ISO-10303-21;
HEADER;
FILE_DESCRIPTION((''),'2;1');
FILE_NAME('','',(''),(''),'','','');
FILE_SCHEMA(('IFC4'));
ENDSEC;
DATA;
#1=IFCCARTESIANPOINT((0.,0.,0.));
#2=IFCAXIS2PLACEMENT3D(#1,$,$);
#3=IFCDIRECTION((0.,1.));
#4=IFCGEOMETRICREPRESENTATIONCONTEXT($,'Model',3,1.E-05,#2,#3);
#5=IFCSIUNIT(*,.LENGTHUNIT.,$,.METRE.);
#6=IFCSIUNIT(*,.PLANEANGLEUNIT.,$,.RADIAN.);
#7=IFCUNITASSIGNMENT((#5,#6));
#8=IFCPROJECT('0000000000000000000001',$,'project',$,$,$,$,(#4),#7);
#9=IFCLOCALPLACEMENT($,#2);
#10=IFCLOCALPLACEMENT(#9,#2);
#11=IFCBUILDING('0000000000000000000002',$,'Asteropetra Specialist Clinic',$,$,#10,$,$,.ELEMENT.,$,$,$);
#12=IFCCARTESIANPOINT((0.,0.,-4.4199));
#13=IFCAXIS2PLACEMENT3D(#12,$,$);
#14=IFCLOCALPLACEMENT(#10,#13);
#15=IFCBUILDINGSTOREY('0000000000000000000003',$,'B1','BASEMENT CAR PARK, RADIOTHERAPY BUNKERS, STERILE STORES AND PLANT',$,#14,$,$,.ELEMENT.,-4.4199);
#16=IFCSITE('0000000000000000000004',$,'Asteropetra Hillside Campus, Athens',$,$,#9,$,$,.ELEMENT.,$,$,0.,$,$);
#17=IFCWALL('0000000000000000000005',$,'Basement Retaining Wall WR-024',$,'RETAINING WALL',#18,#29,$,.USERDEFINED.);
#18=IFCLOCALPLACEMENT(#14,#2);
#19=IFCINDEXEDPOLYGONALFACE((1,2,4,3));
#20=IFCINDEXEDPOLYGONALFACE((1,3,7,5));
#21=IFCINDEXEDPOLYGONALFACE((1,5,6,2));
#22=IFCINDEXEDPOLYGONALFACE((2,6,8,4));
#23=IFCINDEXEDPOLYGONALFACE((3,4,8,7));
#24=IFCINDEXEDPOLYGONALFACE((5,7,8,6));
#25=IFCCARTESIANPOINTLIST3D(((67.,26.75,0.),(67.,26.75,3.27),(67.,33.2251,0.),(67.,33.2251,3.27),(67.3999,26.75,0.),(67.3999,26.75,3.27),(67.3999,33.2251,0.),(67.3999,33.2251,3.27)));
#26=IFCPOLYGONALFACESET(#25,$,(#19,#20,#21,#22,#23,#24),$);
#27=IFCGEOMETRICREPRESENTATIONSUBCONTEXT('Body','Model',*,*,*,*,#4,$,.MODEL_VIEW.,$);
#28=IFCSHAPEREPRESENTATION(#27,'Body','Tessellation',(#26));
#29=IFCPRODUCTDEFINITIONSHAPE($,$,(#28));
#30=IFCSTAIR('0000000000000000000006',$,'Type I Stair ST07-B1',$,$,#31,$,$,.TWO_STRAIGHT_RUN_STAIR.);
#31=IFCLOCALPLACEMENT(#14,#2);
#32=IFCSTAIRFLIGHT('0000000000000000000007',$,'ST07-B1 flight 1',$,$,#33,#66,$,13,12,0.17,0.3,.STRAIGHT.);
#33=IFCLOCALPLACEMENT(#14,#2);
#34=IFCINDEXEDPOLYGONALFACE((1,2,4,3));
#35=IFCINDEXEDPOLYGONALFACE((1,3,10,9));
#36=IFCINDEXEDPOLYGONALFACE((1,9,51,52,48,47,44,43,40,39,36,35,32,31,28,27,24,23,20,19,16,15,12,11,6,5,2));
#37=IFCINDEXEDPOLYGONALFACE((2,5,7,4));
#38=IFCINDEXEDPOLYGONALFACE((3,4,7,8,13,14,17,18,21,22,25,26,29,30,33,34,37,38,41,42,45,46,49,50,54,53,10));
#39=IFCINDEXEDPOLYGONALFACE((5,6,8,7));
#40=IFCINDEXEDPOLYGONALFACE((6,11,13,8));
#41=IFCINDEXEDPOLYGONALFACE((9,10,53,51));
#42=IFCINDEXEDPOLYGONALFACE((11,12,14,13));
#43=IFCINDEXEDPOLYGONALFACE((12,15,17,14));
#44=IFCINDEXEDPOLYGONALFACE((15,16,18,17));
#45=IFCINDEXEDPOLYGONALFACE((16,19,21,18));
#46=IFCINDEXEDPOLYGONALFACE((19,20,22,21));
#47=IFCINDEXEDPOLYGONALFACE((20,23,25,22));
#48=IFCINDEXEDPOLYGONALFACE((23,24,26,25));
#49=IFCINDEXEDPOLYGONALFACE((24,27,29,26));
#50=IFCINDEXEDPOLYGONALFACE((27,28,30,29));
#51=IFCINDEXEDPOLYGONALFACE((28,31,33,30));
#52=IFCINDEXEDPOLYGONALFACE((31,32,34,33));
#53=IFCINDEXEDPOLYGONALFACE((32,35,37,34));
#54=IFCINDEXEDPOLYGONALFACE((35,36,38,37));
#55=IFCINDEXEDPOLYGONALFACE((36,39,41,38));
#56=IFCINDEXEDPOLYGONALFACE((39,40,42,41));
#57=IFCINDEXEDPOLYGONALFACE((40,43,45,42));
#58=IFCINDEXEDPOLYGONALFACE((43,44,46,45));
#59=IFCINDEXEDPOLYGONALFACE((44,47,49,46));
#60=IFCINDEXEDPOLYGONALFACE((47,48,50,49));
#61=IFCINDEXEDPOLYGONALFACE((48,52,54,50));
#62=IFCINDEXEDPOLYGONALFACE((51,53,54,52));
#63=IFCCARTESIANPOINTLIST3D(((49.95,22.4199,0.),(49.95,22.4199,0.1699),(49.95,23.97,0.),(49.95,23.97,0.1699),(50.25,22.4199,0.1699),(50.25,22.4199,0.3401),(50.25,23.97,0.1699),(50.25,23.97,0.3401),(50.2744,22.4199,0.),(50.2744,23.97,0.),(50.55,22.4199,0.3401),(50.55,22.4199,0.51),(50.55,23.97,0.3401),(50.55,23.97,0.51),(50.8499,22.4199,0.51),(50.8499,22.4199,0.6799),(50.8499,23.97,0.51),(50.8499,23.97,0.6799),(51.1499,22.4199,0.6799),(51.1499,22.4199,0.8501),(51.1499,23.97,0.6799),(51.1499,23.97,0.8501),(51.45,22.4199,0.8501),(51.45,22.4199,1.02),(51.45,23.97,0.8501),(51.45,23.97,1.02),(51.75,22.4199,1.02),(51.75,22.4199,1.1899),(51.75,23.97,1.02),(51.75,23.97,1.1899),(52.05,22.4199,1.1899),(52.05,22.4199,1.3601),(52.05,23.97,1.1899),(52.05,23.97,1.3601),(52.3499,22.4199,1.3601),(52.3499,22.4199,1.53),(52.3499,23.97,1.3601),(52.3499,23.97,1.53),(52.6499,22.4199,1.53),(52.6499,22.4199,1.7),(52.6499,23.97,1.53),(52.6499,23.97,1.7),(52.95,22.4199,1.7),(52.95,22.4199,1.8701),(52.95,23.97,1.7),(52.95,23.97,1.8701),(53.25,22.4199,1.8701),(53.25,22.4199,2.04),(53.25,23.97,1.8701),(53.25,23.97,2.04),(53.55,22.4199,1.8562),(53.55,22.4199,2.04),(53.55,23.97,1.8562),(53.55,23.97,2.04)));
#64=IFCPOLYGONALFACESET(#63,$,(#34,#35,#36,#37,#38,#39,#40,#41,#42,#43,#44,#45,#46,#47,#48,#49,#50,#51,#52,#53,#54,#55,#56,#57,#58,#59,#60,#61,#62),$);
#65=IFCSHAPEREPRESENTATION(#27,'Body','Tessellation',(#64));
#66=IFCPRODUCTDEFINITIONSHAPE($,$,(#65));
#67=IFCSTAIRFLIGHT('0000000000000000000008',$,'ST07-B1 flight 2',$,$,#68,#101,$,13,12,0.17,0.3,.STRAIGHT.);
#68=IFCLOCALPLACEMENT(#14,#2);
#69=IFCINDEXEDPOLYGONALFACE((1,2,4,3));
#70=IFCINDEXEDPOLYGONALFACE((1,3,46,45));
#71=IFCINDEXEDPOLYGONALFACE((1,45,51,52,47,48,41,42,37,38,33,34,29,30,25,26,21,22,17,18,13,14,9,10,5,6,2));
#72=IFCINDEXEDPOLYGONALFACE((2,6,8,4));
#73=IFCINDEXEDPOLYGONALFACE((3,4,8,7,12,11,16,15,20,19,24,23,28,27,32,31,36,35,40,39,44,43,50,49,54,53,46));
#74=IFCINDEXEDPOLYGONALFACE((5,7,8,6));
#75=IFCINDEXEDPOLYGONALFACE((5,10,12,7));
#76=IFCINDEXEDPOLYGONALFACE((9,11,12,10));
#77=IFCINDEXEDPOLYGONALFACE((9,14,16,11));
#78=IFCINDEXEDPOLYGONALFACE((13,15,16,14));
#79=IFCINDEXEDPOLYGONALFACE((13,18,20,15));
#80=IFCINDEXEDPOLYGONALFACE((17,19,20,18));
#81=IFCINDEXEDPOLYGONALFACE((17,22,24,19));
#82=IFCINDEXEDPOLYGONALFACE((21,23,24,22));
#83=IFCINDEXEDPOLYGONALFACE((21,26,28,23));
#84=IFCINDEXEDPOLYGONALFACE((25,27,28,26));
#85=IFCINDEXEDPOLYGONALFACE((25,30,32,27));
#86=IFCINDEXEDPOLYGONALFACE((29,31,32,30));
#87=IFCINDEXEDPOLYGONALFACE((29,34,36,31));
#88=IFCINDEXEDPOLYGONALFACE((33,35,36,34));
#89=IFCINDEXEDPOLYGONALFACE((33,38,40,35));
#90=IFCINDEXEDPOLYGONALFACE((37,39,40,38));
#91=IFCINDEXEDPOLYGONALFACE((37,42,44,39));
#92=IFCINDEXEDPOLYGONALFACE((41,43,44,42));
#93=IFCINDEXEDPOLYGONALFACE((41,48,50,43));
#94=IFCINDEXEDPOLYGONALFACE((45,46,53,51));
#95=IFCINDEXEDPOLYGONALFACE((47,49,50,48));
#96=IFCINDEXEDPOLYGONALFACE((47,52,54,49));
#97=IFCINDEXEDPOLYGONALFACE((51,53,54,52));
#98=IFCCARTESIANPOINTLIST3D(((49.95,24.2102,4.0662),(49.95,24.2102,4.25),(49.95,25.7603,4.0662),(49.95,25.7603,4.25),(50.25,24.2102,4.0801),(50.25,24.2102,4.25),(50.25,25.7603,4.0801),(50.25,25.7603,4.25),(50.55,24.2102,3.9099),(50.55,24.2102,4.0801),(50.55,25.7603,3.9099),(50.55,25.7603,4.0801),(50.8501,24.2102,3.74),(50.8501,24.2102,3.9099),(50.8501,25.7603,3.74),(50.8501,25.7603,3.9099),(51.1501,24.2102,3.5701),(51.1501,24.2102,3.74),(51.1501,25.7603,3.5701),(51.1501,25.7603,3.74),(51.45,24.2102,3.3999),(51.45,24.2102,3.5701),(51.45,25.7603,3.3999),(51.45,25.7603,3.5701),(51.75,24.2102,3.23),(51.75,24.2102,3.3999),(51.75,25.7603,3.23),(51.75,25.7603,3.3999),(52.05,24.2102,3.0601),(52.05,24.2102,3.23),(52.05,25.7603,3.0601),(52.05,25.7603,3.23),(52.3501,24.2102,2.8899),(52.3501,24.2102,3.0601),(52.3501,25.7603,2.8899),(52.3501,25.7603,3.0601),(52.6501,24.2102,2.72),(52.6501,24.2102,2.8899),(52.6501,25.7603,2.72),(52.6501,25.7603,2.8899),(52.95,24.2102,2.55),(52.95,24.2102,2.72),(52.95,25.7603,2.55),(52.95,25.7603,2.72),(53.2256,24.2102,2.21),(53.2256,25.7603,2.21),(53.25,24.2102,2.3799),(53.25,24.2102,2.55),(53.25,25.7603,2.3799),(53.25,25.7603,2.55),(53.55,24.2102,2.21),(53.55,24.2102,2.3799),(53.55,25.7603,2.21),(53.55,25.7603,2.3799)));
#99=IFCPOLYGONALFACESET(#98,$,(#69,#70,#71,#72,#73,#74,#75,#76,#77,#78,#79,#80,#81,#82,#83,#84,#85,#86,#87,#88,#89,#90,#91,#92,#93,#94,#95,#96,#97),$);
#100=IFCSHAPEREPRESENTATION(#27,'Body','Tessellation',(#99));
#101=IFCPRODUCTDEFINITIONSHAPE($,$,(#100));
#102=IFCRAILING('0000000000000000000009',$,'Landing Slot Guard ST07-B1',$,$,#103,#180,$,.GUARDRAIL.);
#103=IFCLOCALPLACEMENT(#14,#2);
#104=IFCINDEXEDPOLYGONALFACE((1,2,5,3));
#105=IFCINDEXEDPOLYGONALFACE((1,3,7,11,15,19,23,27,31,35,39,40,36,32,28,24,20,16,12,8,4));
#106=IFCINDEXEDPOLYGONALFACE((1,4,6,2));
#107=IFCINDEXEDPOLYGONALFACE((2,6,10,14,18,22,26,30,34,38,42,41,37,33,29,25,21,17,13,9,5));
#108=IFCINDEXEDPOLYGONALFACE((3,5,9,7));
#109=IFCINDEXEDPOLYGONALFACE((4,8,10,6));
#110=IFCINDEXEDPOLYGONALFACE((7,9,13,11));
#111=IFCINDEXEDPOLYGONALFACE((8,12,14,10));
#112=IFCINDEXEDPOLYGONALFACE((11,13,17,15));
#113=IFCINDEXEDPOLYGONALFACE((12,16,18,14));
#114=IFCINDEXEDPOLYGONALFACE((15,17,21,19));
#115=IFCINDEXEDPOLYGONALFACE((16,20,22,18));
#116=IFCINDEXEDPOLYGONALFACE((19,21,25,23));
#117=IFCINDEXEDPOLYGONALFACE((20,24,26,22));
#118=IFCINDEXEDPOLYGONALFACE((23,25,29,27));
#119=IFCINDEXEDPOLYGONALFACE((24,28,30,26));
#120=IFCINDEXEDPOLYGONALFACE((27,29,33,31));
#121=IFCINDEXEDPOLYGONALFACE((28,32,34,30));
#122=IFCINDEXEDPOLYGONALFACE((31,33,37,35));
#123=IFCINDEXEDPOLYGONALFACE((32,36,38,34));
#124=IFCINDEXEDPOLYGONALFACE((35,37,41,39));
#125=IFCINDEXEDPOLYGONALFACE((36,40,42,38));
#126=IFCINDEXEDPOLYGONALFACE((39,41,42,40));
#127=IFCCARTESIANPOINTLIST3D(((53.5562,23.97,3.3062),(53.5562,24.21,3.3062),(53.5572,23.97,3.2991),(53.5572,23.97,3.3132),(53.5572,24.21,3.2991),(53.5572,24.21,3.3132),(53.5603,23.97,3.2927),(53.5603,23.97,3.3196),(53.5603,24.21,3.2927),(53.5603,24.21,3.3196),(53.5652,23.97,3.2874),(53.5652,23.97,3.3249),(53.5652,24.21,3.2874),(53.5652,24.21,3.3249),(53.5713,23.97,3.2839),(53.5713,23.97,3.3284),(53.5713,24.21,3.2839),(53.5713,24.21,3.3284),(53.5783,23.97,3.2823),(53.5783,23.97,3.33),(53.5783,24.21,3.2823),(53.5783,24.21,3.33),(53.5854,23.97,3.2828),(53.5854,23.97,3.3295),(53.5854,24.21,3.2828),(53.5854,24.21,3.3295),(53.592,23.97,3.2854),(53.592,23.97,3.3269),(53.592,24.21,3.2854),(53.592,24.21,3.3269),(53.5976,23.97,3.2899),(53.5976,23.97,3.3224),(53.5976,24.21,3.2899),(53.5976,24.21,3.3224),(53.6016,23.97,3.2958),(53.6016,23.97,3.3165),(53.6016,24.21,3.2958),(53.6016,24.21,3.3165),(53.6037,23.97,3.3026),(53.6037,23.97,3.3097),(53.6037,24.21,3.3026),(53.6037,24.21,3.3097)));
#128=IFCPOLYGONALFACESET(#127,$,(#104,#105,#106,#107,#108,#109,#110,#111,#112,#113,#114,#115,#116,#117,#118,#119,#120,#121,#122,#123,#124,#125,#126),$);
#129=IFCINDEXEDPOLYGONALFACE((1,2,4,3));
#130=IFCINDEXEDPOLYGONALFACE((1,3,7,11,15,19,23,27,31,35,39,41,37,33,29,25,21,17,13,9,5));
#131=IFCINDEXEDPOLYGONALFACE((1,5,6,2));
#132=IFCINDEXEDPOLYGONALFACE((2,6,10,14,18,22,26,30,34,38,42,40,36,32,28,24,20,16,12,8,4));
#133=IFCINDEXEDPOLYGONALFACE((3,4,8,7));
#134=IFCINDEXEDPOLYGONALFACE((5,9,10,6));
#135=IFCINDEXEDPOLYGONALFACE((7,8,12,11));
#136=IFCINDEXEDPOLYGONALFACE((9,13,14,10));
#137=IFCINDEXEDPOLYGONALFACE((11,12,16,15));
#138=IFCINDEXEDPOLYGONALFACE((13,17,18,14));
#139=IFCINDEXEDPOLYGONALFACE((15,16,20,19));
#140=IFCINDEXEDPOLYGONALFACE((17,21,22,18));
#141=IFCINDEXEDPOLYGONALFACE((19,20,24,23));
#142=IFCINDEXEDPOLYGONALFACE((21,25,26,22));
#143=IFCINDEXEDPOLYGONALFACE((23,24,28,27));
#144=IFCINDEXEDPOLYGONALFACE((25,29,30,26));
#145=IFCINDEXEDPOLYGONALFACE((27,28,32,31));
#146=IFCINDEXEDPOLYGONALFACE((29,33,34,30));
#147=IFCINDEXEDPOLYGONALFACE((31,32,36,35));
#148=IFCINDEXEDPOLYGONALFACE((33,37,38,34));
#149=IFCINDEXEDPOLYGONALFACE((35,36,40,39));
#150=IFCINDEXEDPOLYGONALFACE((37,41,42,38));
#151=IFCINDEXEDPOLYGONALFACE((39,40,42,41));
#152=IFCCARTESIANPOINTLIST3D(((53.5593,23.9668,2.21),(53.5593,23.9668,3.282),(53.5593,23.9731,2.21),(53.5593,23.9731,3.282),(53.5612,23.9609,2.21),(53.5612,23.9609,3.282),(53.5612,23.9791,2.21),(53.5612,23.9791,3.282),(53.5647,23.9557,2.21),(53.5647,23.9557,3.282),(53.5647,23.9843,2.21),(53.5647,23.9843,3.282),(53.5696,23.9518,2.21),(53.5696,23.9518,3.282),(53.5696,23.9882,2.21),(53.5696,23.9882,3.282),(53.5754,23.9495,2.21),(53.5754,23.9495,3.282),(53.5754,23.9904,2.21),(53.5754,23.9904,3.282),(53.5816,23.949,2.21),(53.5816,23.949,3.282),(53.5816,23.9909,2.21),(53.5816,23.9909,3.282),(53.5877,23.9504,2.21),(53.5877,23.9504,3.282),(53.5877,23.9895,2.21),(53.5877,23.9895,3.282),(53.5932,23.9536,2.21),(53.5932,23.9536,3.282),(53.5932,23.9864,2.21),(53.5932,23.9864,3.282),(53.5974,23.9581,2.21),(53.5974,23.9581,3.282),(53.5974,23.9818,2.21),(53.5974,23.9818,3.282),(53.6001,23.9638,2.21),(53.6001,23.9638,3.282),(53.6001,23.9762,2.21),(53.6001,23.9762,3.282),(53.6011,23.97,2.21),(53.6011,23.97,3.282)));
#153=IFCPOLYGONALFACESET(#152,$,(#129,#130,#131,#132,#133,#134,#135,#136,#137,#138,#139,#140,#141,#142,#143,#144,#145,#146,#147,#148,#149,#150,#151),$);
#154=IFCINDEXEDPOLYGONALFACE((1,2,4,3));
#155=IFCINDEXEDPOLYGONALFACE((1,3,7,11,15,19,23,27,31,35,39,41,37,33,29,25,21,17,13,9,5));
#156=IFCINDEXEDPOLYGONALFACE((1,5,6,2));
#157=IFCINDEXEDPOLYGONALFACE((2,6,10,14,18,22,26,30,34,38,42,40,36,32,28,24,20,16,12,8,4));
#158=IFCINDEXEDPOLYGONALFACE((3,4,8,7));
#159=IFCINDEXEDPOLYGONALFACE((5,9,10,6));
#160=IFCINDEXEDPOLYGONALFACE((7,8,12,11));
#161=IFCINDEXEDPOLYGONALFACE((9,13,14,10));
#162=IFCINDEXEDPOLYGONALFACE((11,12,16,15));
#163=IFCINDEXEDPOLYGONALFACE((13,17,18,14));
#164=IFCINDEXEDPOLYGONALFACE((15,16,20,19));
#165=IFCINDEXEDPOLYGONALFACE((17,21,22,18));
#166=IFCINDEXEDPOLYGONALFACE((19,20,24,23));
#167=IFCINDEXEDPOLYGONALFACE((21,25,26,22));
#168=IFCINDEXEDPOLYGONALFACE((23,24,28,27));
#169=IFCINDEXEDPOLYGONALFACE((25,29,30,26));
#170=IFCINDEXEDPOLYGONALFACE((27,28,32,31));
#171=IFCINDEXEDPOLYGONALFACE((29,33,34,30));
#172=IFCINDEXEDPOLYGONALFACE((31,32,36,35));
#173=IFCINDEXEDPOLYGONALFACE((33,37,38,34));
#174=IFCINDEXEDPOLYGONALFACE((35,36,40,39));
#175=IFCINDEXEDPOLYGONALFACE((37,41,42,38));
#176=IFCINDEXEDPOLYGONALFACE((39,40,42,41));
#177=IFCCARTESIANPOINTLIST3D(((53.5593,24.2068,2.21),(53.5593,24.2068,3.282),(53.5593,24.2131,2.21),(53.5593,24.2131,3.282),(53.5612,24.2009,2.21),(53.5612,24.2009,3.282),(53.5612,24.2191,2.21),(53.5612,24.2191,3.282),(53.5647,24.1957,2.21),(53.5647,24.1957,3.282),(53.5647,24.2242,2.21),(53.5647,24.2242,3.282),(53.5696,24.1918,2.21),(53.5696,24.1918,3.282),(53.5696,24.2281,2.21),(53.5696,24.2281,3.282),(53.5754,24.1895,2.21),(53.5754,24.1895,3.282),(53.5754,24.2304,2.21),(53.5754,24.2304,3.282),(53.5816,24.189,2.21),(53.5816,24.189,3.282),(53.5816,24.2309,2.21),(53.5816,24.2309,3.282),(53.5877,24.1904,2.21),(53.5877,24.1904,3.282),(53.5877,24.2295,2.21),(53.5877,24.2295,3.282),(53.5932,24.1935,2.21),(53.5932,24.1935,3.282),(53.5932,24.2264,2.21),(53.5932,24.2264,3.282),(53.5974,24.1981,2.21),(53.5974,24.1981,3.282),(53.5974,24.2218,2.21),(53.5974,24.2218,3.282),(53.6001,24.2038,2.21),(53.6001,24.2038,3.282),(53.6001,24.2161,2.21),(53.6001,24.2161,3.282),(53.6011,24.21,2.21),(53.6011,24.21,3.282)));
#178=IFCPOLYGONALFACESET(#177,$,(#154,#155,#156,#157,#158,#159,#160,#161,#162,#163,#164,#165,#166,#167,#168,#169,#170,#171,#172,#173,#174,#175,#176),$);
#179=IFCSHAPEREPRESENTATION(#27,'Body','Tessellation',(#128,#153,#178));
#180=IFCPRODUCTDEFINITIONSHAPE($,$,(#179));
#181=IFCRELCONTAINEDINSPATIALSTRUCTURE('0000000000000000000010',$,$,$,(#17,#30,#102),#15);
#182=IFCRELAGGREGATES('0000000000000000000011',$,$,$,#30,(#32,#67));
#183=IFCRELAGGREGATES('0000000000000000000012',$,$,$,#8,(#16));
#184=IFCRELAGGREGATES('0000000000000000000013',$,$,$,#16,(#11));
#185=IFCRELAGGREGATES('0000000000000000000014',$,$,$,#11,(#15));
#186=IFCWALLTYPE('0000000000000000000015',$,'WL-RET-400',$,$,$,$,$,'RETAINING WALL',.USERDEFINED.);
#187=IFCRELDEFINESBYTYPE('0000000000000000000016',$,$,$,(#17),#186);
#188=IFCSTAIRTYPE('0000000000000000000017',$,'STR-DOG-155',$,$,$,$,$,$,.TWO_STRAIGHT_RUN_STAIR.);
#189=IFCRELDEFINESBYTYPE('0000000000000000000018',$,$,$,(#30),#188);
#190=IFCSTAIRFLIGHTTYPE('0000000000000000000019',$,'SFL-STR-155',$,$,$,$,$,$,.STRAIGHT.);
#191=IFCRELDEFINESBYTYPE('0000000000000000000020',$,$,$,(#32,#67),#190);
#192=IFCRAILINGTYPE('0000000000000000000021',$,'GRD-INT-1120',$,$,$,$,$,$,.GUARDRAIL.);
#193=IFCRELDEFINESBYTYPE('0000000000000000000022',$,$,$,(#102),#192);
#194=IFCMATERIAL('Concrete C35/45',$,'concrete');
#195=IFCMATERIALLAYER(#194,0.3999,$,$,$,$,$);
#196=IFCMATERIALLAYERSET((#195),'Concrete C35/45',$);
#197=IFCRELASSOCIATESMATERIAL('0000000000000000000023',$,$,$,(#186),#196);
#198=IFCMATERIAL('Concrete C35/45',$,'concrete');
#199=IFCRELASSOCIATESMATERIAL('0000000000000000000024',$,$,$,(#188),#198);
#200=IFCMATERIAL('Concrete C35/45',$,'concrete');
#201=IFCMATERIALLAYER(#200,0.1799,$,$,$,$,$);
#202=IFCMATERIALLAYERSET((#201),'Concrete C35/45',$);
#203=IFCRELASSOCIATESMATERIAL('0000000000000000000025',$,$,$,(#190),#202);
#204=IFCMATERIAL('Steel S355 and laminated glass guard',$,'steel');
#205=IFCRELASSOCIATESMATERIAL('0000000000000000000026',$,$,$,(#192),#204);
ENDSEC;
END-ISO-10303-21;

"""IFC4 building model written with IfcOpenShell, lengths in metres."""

from ifc_helpers import new_model, si_unit, direction, frame, frame_2d, origin, origin_2d, place, context, subcontext, project, spatial, polyline, rectangle, circle, outline, extrude, material, layer, layer_set, type_object, element, aggregate, save


model = new_model("IFC4")

# Units and contexts
model_context = context("Model", 3, precision=1e-05, world=origin(), true_north=direction((0.0, 1.0)))
body_context = subcontext(model_context, "Body", "Model", "MODEL_VIEW")
ifc_project = project(units=[si_unit("LENGTHUNIT", "METRE"), si_unit("PLANEANGLEUNIT", "RADIAN")], contexts=[model_context])

# Site, building, storey
site_placement = place(None, origin())
site = spatial("IfcSite", under=ifc_project, at=site_placement, Name="Asteropetra Hillside Campus, Athens", CompositionType="ELEMENT", RefElevation=0.0)
building_placement = place(site_placement, origin())
building = spatial("IfcBuilding", under=site, at=building_placement, Name="Asteropetra Specialist Clinic", CompositionType="ELEMENT")
storey_placement = place(building_placement, frame((0.0, 0.0, -4.4199)))
storey = spatial("IfcBuildingStorey", under=building, at=storey_placement, Name="B1", Description="BASEMENT CAR PARK, RADIOTHERAPY BUNKERS, STERILE STORES AND PLANT", CompositionType="ELEMENT", Elevation=-4.4199)

# Wall
ifc_material_1 = material(Name="Concrete C35/45", Category="concrete")
ifc_layer_1 = layer(ifc_material_1, 0.3999)
ifc_layer_set_1 = layer_set([ifc_layer_1], Name="Concrete C35/45")
wall_type_1 = type_object("IfcWallType", Name="WL-RET-400", ElementType="RETAINING WALL", PredefinedType="USERDEFINED", material=ifc_layer_set_1)
wall_1_placement = place(storey_placement, frame((67.2, 26.75, 0.0), z_axis=(0.0, 0.0, 1.0), x_axis=(0.0, 1.0, 0.0)))
element("IfcWall", 1, at=wall_1_placement, inside=storey, type_object=wall_type_1, Name="Basement Retaining Wall WR-024", ObjectType="RETAINING WALL", PredefinedType="USERDEFINED", context=body_context, shape_type="SweptSolid", body=[
    extrude(rectangle(XDim=6.4751, YDim=0.3999, at=frame_2d((3.2375, 0.0))), origin(), (0.0, 0.0, 1.0), 3.27),
])

# Stair, stair flights
ifc_material_2 = material(Name="Concrete C35/45", Category="concrete")
stair_type = type_object("IfcStairType", Name="STR-DOG-155", PredefinedType="TWO_STRAIGHT_RUN_STAIR", material=ifc_material_2)
stair_placement = place(storey_placement, origin())
stair = element("IfcStair", 2, at=stair_placement, inside=storey, type_object=stair_type, Name="Type I Stair ST07-B1", PredefinedType="TWO_STRAIGHT_RUN_STAIR")
ifc_material_3 = material(Name="Concrete C35/45", Category="concrete")
ifc_layer_2 = layer(ifc_material_3, 0.1799)
ifc_layer_set_2 = layer_set([ifc_layer_2], Name="Concrete C35/45")
stair_flight_type = type_object("IfcStairFlightType", Name="SFL-STR-155", PredefinedType="STRAIGHT", material=ifc_layer_set_2)
stair_flight_1_placement = place(storey_placement, frame((49.95, 23.1951, 0.0), z_axis=(0.0, 0.0, 1.0), x_axis=(1.0, 0.0, 0.0)))
stair_flight_1 = element("IfcStairFlight", 3, at=stair_flight_1_placement, type_object=stair_flight_type, Name="ST07-B1 flight 1", NumberOfRisers=13, NumberOfTreads=12, PredefinedType="STRAIGHT", RiserHeight=0.17, TreadLength=0.3, context=body_context, shape_type="SweptSolid", body=[
    extrude(outline(polyline([(0.0, 0.0), (0.0, 0.1699), (0.3, 0.1699), (0.3, 0.3401), (0.6001, 0.3401), (0.6001, 0.51), (0.8999, 0.51), (0.8999, 0.6799), (1.2, 0.6799), (1.2, 0.8501), (1.5, 0.8501), (1.5, 1.02), (1.8, 1.02), (1.8, 1.1899), (2.1001, 1.1899), (2.1001, 1.3601), (2.3999, 1.3601), (2.3999, 1.53), (2.7, 1.53), (2.7, 1.7), (3.0, 1.7), (3.0, 1.8701), (3.3, 1.8701), (3.3, 2.04), (3.6001, 2.04), (3.6001, 2.21), (3.6001, 1.8562), (0.3245, 0.0), (0.0, 0.0)])), frame((0.0, 0.7749, 0.0), z_axis=(0.0, -1.0, 0.0), x_axis=(1.0, 0.0, 0.0)), (0.0, 0.0, 1.0), 1.55),
])
stair_flight_2_placement = place(storey_placement, frame((53.55, 24.9851, 2.21), z_axis=(0.0, 0.0, 1.0), x_axis=(-1.0, 0.0, 0.0)))
stair_flight_2 = element("IfcStairFlight", 4, at=stair_flight_2_placement, type_object=stair_flight_type, Name="ST07-B1 flight 2", NumberOfRisers=13, NumberOfTreads=12, PredefinedType="STRAIGHT", RiserHeight=0.17, TreadLength=0.3, context=body_context, shape_type="SweptSolid", body=[
    extrude(outline(polyline([(0.0, 0.0), (0.0, 0.1699), (0.3, 0.1699), (0.3, 0.3401), (0.6001, 0.3401), (0.6001, 0.51), (0.8999, 0.51), (0.8999, 0.6799), (1.2, 0.6799), (1.2, 0.8501), (1.5, 0.8501), (1.5, 1.02), (1.8, 1.02), (1.8, 1.1899), (2.1001, 1.1899), (2.1001, 1.3601), (2.3999, 1.3601), (2.3999, 1.53), (2.7, 1.53), (2.7, 1.7), (3.0, 1.7), (3.0, 1.8701), (3.3, 1.8701), (3.3, 2.04), (3.6001, 2.04), (3.6001, 2.21), (3.6001, 1.8562), (0.3245, 0.0), (0.0, 0.0)])), frame((0.0, 0.7749, 0.0), z_axis=(0.0, -1.0, 0.0), x_axis=(1.0, 0.0, 0.0)), (0.0, 0.0, 1.0), 1.55),
])
aggregate(stair, [stair_flight_1, stair_flight_2])

# Railing
ifc_material_4 = material(Name="Steel S355 and laminated glass guard", Category="steel")
railing_type_1 = type_object("IfcRailingType", Name="GRD-INT-1120", PredefinedType="GUARDRAIL", material=ifc_material_4)
railing_1_placement = place(storey_placement, frame((53.5801, 23.97, 2.21)))
element("IfcRailing", 5, at=railing_1_placement, inside=storey, type_object=railing_type_1, Name="Landing Slot Guard ST07-B1", PredefinedType="GUARDRAIL", context=body_context, shape_type="SweptSolid", body=[
    extrude(circle(Radius=0.0239, at=origin_2d()), frame((0.0, 0.0, 1.0962), z_axis=(0.0, 1.0, 0.0), x_axis=(-1.0, 0.0, 0.0)), (0.0, 0.0, 1.0), 0.24),
    extrude(circle(Radius=0.021, at=origin_2d()), origin(), (0.0, 0.0, 1.0), 1.072),
    extrude(circle(Radius=0.021, at=origin_2d()), frame((0.0, 0.24, 0.0)), (0.0, 0.0, 1.0), 1.072),
])

save(model, "model.ifc")
